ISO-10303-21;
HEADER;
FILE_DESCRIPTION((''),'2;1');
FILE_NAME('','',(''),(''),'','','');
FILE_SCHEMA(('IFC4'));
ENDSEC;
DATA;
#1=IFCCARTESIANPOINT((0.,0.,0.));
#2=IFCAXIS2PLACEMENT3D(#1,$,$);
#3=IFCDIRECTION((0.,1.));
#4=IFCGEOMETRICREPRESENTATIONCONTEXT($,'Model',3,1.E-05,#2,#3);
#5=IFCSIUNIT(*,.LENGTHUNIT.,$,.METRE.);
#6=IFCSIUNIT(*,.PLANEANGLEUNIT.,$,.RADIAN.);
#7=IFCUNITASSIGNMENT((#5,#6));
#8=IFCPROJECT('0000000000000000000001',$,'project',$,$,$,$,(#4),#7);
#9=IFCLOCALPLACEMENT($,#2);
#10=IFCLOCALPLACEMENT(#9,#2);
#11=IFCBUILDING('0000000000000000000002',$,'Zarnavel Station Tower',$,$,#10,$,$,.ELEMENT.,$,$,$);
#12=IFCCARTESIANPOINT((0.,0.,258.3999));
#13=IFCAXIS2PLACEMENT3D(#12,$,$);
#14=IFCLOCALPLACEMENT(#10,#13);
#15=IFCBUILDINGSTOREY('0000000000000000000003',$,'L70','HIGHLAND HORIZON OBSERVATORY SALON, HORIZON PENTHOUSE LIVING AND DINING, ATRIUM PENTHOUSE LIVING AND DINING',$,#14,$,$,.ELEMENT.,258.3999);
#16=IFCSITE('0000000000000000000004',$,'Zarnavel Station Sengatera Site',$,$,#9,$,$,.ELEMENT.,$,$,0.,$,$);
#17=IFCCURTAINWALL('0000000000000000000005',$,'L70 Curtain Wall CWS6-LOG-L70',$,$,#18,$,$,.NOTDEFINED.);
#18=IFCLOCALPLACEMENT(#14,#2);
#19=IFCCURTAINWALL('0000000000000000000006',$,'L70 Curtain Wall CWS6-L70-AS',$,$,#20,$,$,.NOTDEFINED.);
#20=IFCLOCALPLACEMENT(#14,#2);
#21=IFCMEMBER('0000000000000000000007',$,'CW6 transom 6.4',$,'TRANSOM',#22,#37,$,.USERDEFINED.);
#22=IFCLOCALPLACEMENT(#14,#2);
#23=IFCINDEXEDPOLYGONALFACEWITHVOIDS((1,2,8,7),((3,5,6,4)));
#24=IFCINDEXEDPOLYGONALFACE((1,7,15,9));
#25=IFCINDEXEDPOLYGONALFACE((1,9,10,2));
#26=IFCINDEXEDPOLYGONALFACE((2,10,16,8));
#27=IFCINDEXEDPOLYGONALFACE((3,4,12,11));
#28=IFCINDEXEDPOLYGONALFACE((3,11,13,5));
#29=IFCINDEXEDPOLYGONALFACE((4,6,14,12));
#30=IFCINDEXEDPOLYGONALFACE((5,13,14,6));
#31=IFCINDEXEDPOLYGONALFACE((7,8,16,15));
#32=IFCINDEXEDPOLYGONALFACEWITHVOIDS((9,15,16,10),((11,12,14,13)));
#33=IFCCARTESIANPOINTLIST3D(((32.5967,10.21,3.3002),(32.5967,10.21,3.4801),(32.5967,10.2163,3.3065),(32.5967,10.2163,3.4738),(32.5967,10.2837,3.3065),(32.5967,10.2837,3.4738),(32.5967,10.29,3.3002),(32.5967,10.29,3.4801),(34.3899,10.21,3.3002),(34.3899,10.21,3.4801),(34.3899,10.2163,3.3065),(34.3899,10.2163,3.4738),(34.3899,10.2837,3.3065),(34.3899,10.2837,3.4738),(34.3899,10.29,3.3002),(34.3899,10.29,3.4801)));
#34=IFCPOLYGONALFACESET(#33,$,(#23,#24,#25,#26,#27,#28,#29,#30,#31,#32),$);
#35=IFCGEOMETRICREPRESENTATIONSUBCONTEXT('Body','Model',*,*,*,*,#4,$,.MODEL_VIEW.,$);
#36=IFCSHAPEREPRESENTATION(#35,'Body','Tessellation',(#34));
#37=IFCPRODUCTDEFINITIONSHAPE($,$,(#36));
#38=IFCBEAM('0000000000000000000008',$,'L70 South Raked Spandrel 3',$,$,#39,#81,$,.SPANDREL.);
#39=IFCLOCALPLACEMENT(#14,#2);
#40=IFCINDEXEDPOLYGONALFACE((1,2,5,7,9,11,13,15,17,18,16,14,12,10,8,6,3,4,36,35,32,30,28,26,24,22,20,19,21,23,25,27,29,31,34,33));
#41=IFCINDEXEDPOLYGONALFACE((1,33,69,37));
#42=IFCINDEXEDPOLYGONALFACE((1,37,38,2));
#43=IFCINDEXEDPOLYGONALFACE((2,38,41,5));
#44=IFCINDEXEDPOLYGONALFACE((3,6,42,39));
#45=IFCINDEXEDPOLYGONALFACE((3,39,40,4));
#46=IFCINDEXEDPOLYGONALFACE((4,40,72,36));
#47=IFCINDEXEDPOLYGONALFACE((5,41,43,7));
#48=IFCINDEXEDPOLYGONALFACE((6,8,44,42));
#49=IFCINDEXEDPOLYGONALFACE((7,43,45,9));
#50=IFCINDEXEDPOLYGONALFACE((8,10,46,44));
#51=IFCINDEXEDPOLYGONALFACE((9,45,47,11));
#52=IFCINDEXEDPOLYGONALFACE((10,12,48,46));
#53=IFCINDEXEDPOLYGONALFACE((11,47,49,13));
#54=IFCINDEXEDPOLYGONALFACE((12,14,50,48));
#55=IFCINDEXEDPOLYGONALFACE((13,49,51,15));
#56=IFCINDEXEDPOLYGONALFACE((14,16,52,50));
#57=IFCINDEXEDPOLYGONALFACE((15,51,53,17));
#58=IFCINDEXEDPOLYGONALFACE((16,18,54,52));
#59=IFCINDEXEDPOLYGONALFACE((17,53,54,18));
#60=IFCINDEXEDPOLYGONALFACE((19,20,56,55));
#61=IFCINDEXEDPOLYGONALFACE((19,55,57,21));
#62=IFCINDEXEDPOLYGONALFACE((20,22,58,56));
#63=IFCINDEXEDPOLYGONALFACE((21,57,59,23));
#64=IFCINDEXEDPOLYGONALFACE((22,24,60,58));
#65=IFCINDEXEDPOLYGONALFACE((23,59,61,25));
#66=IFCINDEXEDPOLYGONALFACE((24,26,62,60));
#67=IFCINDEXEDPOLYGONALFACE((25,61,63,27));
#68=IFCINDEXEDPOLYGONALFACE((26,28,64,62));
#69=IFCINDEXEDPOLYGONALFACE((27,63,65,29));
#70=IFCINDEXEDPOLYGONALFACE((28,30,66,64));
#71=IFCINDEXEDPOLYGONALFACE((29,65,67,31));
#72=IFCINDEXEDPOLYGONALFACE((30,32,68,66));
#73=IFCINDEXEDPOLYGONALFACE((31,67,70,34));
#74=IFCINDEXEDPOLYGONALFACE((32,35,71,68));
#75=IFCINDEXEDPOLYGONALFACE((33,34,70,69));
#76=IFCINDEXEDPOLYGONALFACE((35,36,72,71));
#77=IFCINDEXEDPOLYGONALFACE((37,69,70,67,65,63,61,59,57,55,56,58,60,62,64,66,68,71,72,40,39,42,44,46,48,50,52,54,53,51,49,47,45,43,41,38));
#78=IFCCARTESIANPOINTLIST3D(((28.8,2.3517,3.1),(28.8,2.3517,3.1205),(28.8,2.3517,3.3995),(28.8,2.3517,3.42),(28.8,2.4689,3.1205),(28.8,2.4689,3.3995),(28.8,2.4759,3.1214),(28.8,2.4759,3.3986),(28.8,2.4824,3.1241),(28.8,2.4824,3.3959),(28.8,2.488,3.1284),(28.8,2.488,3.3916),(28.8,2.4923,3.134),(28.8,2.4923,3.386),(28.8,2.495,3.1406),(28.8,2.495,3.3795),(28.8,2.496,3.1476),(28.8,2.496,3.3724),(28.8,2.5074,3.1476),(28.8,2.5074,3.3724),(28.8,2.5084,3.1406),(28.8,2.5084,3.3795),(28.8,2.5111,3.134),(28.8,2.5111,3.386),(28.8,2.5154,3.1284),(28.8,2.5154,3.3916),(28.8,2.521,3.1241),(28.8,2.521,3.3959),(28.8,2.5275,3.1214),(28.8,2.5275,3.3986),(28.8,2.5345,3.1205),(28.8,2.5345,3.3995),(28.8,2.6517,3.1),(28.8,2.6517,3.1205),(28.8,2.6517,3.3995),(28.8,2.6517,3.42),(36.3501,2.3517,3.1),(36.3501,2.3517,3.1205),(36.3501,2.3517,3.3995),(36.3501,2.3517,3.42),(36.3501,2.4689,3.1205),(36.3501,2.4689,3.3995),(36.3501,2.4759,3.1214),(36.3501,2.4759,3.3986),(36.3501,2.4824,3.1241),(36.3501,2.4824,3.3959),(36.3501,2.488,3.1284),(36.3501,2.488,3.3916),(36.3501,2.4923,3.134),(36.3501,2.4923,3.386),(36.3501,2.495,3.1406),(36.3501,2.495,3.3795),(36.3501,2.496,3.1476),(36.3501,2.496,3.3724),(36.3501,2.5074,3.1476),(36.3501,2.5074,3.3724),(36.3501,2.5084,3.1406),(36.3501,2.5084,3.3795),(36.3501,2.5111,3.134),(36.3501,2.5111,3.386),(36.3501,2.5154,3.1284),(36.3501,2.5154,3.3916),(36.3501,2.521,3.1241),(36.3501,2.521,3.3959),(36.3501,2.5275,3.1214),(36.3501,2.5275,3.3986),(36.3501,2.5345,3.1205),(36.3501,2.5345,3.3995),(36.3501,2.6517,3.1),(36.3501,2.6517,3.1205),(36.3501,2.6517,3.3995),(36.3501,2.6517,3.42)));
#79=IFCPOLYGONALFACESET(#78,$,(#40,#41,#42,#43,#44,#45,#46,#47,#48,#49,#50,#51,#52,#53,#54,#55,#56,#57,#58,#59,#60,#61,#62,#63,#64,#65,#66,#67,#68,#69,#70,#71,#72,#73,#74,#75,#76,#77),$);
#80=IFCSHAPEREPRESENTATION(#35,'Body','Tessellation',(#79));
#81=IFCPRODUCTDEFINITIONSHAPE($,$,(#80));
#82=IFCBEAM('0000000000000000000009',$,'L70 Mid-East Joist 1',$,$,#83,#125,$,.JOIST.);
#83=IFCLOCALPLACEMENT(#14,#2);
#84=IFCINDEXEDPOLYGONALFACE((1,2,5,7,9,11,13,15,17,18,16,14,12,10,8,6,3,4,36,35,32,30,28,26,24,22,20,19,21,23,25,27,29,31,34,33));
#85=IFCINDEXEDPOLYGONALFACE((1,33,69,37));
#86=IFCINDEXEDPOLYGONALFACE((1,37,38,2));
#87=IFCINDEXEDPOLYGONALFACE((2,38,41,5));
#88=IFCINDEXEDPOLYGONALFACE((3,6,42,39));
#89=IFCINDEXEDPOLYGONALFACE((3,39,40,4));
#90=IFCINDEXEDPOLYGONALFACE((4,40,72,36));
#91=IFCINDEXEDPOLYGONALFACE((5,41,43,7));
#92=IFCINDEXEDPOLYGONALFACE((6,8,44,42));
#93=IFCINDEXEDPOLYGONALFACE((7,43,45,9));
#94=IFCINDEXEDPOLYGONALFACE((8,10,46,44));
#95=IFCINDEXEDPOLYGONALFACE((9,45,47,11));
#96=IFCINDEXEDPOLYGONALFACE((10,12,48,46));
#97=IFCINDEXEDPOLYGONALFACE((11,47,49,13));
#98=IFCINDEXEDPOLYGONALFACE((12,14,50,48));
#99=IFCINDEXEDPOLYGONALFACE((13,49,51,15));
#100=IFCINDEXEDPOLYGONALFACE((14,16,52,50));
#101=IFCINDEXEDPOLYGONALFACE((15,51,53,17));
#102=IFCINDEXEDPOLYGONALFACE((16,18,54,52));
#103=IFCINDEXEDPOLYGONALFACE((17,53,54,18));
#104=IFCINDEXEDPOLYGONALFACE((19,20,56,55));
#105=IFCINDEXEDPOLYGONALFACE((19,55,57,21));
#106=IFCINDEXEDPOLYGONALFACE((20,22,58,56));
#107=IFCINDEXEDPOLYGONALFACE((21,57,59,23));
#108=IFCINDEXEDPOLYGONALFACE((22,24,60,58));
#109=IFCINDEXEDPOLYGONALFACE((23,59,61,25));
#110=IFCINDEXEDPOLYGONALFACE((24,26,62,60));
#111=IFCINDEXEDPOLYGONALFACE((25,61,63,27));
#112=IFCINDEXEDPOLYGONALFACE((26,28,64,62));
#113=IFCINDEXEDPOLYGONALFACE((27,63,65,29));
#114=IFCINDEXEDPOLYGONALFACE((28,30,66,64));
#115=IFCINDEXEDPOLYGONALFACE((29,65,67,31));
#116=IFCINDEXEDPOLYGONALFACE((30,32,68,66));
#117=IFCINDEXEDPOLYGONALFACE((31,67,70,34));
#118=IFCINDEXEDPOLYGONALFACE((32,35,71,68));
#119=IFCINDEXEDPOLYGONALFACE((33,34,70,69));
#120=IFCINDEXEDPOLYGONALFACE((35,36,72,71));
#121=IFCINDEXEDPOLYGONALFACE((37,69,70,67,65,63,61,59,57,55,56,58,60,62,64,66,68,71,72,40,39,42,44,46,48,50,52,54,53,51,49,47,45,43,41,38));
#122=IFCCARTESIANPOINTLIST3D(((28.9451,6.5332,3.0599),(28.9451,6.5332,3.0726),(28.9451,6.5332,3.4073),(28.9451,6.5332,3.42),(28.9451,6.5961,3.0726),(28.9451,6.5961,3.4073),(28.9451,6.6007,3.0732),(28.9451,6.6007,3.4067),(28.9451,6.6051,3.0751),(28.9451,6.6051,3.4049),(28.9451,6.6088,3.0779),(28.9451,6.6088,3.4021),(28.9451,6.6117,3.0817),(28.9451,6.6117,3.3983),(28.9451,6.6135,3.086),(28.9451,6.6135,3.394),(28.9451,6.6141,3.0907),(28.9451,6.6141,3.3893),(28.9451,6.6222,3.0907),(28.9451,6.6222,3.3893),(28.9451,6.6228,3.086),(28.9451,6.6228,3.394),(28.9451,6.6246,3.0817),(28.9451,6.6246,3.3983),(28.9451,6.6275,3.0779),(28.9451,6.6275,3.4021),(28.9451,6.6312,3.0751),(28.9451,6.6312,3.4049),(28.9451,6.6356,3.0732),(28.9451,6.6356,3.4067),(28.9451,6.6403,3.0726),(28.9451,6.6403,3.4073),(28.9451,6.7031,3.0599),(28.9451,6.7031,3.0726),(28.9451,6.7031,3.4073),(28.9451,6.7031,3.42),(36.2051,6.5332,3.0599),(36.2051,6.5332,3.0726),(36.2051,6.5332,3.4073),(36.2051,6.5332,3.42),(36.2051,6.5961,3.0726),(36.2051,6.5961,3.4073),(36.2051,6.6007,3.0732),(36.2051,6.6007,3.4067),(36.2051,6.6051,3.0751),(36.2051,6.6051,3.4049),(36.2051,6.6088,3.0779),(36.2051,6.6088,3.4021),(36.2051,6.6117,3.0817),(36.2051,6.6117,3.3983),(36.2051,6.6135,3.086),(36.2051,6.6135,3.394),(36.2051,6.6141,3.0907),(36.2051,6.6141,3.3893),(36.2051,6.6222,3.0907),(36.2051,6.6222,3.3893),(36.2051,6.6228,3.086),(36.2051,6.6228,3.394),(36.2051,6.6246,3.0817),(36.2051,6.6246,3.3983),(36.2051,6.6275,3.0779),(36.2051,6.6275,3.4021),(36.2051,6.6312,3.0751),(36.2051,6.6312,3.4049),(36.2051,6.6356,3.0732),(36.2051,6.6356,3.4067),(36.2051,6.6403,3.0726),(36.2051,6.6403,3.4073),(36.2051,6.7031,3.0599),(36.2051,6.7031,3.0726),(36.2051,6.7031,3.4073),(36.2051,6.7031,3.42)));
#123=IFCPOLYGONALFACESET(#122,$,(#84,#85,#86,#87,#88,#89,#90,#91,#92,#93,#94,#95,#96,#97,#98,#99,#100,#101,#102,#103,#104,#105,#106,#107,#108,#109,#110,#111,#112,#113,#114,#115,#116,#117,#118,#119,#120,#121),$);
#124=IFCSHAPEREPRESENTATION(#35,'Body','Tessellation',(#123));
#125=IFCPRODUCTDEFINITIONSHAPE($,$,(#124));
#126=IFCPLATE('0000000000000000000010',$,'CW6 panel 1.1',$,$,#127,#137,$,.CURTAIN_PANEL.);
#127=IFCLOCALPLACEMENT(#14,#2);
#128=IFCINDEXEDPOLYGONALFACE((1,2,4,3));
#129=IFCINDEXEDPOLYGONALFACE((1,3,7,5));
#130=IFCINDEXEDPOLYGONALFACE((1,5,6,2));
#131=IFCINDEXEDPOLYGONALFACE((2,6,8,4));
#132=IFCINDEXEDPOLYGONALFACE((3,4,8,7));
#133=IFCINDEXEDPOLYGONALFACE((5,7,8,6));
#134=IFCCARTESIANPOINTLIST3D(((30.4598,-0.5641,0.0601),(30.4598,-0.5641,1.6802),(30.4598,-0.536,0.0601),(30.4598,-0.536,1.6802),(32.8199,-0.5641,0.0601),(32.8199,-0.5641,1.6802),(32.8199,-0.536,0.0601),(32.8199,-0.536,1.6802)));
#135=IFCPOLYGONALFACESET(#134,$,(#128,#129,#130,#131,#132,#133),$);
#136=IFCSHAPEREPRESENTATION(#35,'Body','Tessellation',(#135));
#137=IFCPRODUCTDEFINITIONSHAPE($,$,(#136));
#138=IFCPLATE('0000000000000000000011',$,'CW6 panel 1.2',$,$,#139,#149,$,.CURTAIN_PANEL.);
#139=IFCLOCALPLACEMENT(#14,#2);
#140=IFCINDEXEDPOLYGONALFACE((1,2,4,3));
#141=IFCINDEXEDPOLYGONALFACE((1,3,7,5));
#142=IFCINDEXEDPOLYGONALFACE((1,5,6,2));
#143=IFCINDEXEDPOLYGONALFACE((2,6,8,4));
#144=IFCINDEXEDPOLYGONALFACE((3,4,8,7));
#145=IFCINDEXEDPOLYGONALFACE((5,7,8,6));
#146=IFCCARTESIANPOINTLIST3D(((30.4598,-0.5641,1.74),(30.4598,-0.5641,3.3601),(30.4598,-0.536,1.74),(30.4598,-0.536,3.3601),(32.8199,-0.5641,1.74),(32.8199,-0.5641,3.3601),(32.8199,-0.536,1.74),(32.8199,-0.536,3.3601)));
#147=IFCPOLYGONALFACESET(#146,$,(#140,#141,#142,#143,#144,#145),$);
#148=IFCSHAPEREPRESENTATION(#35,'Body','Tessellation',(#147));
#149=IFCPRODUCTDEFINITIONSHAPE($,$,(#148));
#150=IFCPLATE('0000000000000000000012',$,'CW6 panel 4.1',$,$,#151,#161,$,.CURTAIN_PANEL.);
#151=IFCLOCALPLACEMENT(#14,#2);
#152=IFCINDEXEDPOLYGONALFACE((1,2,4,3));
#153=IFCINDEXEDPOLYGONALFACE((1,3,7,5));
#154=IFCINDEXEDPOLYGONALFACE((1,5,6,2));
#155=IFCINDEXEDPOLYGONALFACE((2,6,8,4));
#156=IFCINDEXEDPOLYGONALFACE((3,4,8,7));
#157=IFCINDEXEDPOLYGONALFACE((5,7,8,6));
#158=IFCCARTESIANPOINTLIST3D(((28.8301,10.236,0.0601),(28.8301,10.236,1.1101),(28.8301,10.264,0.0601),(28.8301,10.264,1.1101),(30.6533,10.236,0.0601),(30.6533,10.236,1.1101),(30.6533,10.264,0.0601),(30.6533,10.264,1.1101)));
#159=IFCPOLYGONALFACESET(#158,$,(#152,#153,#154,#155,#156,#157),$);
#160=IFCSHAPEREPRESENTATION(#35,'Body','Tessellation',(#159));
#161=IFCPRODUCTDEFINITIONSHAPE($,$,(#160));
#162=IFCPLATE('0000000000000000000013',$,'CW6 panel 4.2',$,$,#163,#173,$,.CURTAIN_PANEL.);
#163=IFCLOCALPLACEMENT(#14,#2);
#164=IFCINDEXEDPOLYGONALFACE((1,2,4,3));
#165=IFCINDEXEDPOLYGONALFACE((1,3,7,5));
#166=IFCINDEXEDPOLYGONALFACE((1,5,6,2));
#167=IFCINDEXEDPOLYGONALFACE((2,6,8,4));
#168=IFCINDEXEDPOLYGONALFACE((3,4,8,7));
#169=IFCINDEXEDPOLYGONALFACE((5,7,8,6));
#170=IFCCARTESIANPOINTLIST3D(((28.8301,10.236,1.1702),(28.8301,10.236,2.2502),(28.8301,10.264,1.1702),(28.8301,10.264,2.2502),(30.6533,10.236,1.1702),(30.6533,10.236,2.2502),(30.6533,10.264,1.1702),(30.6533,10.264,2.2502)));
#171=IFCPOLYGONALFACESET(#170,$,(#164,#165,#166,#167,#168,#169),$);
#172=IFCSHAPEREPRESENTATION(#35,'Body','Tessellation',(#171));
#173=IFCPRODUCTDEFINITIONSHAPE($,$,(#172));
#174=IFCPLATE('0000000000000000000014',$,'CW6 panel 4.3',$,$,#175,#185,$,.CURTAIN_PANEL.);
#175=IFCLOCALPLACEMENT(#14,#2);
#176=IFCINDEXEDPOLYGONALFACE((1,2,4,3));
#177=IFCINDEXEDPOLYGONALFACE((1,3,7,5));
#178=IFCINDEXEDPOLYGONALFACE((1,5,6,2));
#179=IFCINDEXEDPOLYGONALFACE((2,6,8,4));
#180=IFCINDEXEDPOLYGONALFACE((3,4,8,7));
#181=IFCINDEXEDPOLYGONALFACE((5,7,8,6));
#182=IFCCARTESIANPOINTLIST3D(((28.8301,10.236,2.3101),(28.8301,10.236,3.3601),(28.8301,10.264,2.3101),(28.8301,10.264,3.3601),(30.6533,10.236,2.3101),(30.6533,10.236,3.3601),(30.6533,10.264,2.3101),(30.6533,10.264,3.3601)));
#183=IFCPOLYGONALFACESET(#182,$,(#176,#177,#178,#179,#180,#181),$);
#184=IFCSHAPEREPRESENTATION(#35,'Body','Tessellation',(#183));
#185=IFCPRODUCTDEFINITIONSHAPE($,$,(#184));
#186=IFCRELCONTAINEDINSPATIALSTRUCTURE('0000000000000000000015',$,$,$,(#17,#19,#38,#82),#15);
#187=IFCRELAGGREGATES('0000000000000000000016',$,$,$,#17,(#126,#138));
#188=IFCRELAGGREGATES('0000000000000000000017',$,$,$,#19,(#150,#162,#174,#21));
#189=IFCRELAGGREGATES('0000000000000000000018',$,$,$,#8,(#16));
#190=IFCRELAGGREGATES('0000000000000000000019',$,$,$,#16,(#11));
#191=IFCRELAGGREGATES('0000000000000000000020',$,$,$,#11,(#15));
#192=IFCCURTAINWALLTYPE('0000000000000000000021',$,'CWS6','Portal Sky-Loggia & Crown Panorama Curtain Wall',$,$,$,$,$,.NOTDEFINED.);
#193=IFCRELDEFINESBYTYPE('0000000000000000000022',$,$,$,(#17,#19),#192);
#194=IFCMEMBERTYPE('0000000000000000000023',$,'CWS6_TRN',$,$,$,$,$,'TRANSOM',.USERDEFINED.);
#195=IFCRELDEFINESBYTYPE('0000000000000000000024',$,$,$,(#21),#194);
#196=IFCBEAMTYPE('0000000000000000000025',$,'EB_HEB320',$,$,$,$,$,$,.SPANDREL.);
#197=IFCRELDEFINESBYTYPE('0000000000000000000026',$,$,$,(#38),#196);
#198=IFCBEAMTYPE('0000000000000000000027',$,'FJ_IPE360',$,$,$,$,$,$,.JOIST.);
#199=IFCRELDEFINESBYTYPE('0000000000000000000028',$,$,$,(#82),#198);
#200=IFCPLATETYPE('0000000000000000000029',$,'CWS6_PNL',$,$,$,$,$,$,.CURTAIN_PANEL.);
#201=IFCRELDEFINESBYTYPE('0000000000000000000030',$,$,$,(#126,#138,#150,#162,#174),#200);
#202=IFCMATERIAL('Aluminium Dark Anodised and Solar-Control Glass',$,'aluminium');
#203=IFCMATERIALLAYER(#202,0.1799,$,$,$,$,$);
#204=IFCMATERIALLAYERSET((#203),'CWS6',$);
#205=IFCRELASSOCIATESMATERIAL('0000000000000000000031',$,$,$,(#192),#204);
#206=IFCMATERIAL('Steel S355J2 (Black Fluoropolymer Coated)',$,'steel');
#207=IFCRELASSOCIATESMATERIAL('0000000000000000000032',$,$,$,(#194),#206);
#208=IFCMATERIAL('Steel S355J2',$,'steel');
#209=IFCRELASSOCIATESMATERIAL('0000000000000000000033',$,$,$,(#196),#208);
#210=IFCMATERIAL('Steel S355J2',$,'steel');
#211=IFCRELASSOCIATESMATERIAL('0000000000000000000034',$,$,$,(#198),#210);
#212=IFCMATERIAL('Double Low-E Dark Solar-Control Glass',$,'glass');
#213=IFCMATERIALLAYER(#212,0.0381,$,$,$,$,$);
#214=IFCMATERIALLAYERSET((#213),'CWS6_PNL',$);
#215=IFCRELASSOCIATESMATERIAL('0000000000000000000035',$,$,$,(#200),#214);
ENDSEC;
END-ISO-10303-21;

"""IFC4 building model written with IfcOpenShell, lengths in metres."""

from ifc_helpers import new_model, si_unit, direction, frame, origin, origin_2d, place, context, subcontext, project, spatial, rectangle, hollow_rectangle, i_section, extrude, material, layer, layer_set, material_profile, profile_set, type_object, element, aggregate, save


model = new_model("IFC4")

# Units and contexts
model_context = context("Model", 3, precision=1e-05, world=origin(), true_north=direction((0.0, 1.0)))
body_context = subcontext(model_context, "Body", "Model", "MODEL_VIEW")
ifc_project = project(units=[si_unit("LENGTHUNIT", "METRE"), si_unit("PLANEANGLEUNIT", "RADIAN")], contexts=[model_context])

# Site, building, storey
site_placement = place(None, origin())
site = spatial("IfcSite", under=ifc_project, at=site_placement, Name="Zarnavel Station Sengatera Site", CompositionType="ELEMENT", RefElevation=0.0)
building_placement = place(site_placement, origin())
building = spatial("IfcBuilding", under=site, at=building_placement, Name="Zarnavel Station Tower", CompositionType="ELEMENT")
storey_placement = place(building_placement, frame((0.0, 0.0, 258.3999)))
storey = spatial("IfcBuildingStorey", under=building, at=storey_placement, Name="L70", Description="HIGHLAND HORIZON OBSERVATORY SALON, HORIZON PENTHOUSE LIVING AND DINING, ATRIUM PENTHOUSE LIVING AND DINING", CompositionType="ELEMENT", Elevation=258.3999)

# Curtain walls
ifc_material_1 = material(Name="Aluminium Dark Anodised and Solar-Control Glass", Category="aluminium")
ifc_layer_1 = layer(ifc_material_1, 0.1799)
ifc_layer_set_1 = layer_set([ifc_layer_1], Name="CWS6")
curtain_wall_type = type_object("IfcCurtainWallType", Name="CWS6", Description="Portal Sky-Loggia & Crown Panorama Curtain Wall", PredefinedType="NOTDEFINED", material=ifc_layer_set_1)
curtain_wall_1_placement = place(storey_placement, origin())
curtain_wall_1 = element("IfcCurtainWall", 1, at=curtain_wall_1_placement, inside=storey, type_object=curtain_wall_type, Name="L70 Curtain Wall CWS6-LOG-L70", PredefinedType="NOTDEFINED")
curtain_wall_2_placement = place(storey_placement, origin())
curtain_wall_2 = element("IfcCurtainWall", 2, at=curtain_wall_2_placement, inside=storey, type_object=curtain_wall_type, Name="L70 Curtain Wall CWS6-L70-AS", PredefinedType="NOTDEFINED")

# Member
ifc_material_2 = material(Name="Steel S355J2 (Black Fluoropolymer Coated)", Category="steel")
ifc_material_profile_1 = material_profile(ifc_material_2, hollow_rectangle(XDim=0.0801, YDim=0.1799, WallThickness=0.0063, at=origin_2d()), Name="RHS180x80x6.3")
ifc_profile_set_1 = profile_set([ifc_material_profile_1], Name="Steel S355J2 (Black Fluoropolymer Coated)")
member_type_1 = type_object("IfcMemberType", Name="CWS6_TRN", ElementType="TRANSOM", PredefinedType="USERDEFINED", material=ifc_profile_set_1)
member_1_placement = place(storey_placement, frame((32.5967, 10.25, 3.3901), z_axis=(1.0, 0.0, 0.0), x_axis=(0.0, 1.0, 0.0)))
member_1 = element("IfcMember", 3, at=member_1_placement, type_object=member_type_1, Name="CW6 transom 6.4", ObjectType="TRANSOM", PredefinedType="USERDEFINED", context=body_context, shape_type="SweptSolid", body=[
    extrude(hollow_rectangle(XDim=0.0801, YDim=0.1799, WallThickness=0.0063, at=origin_2d()), origin(), (0.0, 0.0, 1.0), 1.7932),
])

# Beams
ifc_material_3 = material(Name="Steel S355J2", Category="steel")
ifc_material_profile_2 = material_profile(ifc_material_3, i_section(OverallWidth=0.3, OverallDepth=0.3201, WebThickness=0.0115, FlangeThickness=0.0205, FilletRadius=0.0271, at=origin_2d()), Name="HEB320")
ifc_profile_set_2 = profile_set([ifc_material_profile_2], Name="Steel S355J2")
beam_type_1 = type_object("IfcBeamType", Name="EB_HEB320", PredefinedType="SPANDREL", material=ifc_profile_set_2)
beam_1_placement = place(storey_placement, frame((28.8, 2.5017, 3.26), z_axis=(1.0, 0.0, 0.0), x_axis=(0.0, 1.0, 0.0)))
element("IfcBeam", 4, at=beam_1_placement, inside=storey, type_object=beam_type_1, Name="L70 South Raked Spandrel 3", PredefinedType="SPANDREL", context=body_context, shape_type="SweptSolid", body=[
    extrude(i_section(OverallWidth=0.3, OverallDepth=0.3201, WebThickness=0.0115, FlangeThickness=0.0205, FilletRadius=0.0271, at=origin_2d()), origin(), (0.0, 0.0, 1.0), 7.55),
])
ifc_material_4 = material(Name="Steel S355J2", Category="steel")
ifc_material_profile_3 = material_profile(ifc_material_4, i_section(OverallWidth=0.1699, OverallDepth=0.3601, WebThickness=0.0081, FlangeThickness=0.0127, FilletRadius=0.0181, at=origin_2d()), Name="IPE360")
ifc_profile_set_3 = profile_set([ifc_material_profile_3], Name="Steel S355J2")
beam_type_2 = type_object("IfcBeamType", Name="FJ_IPE360", PredefinedType="JOIST", material=ifc_profile_set_3)
beam_2_placement = place(storey_placement, frame((28.9451, 6.6182, 3.24), z_axis=(1.0, 0.0, 0.0), x_axis=(0.0, 1.0, 0.0)))
element("IfcBeam", 5, at=beam_2_placement, inside=storey, type_object=beam_type_2, Name="L70 Mid-East Joist 1", PredefinedType="JOIST", context=body_context, shape_type="SweptSolid", body=[
    extrude(i_section(OverallWidth=0.1699, OverallDepth=0.3601, WebThickness=0.0081, FlangeThickness=0.0127, FilletRadius=0.0181, at=origin_2d()), origin(), (0.0, 0.0, 1.0), 7.26),
])

# Plates
ifc_material_5 = material(Name="Double Low-E Dark Solar-Control Glass", Category="glass")
ifc_layer_2 = layer(ifc_material_5, 0.0381)
ifc_layer_set_2 = layer_set([ifc_layer_2], Name="CWS6_PNL")
plate_type = type_object("IfcPlateType", Name="CWS6_PNL", PredefinedType="CURTAIN_PANEL", material=ifc_layer_set_2)
plate_1_placement = place(storey_placement, frame((31.6399, -0.55, 0.0601), z_axis=(0.0, 0.0, 1.0), x_axis=(1.0, 0.0, 0.0)))
plate_1 = element("IfcPlate", 6, at=plate_1_placement, type_object=plate_type, Name="CW6 panel 1.1", PredefinedType="CURTAIN_PANEL", context=body_context, shape_type="SweptSolid", body=[
    extrude(rectangle(XDim=2.3601, YDim=0.0281, at=origin_2d()), origin(), (0.0, 0.0, 1.0), 1.6201),
])
plate_2_placement = place(storey_placement, frame((31.6399, -0.55, 1.74), z_axis=(0.0, 0.0, 1.0), x_axis=(1.0, 0.0, 0.0)))
plate_2 = element("IfcPlate", 7, at=plate_2_placement, type_object=plate_type, Name="CW6 panel 1.2", PredefinedType="CURTAIN_PANEL", context=body_context, shape_type="SweptSolid", body=[
    extrude(rectangle(XDim=2.3601, YDim=0.0281, at=origin_2d()), origin(), (0.0, 0.0, 1.0), 1.6201),
])
aggregate(curtain_wall_1, [plate_1, plate_2])
plate_3_placement = place(storey_placement, frame((29.7417, 10.25, 0.0601), z_axis=(0.0, 0.0, 1.0), x_axis=(1.0, 0.0, 0.0)))
plate_3 = element("IfcPlate", 8, at=plate_3_placement, type_object=plate_type, Name="CW6 panel 4.1", PredefinedType="CURTAIN_PANEL", context=body_context, shape_type="SweptSolid", body=[
    extrude(rectangle(XDim=1.8232, YDim=0.0281, at=origin_2d()), origin(), (0.0, 0.0, 1.0), 1.05),
])
plate_4_placement = place(storey_placement, frame((29.7417, 10.25, 1.1702), z_axis=(0.0, 0.0, 1.0), x_axis=(1.0, 0.0, 0.0)))
plate_4 = element("IfcPlate", 9, at=plate_4_placement, type_object=plate_type, Name="CW6 panel 4.2", PredefinedType="CURTAIN_PANEL", context=body_context, shape_type="SweptSolid", body=[
    extrude(rectangle(XDim=1.8232, YDim=0.0281, at=origin_2d()), origin(), (0.0, 0.0, 1.0), 1.0801),
])
plate_5_placement = place(storey_placement, frame((29.7417, 10.25, 2.3101), z_axis=(0.0, 0.0, 1.0), x_axis=(1.0, 0.0, 0.0)))
plate_5 = element("IfcPlate", 10, at=plate_5_placement, type_object=plate_type, Name="CW6 panel 4.3", PredefinedType="CURTAIN_PANEL", context=body_context, shape_type="SweptSolid", body=[
    extrude(rectangle(XDim=1.8232, YDim=0.0281, at=origin_2d()), origin(), (0.0, 0.0, 1.0), 1.05),
])
aggregate(curtain_wall_2, [plate_3, plate_4, plate_5, member_1])

save(model, "model.ifc")
